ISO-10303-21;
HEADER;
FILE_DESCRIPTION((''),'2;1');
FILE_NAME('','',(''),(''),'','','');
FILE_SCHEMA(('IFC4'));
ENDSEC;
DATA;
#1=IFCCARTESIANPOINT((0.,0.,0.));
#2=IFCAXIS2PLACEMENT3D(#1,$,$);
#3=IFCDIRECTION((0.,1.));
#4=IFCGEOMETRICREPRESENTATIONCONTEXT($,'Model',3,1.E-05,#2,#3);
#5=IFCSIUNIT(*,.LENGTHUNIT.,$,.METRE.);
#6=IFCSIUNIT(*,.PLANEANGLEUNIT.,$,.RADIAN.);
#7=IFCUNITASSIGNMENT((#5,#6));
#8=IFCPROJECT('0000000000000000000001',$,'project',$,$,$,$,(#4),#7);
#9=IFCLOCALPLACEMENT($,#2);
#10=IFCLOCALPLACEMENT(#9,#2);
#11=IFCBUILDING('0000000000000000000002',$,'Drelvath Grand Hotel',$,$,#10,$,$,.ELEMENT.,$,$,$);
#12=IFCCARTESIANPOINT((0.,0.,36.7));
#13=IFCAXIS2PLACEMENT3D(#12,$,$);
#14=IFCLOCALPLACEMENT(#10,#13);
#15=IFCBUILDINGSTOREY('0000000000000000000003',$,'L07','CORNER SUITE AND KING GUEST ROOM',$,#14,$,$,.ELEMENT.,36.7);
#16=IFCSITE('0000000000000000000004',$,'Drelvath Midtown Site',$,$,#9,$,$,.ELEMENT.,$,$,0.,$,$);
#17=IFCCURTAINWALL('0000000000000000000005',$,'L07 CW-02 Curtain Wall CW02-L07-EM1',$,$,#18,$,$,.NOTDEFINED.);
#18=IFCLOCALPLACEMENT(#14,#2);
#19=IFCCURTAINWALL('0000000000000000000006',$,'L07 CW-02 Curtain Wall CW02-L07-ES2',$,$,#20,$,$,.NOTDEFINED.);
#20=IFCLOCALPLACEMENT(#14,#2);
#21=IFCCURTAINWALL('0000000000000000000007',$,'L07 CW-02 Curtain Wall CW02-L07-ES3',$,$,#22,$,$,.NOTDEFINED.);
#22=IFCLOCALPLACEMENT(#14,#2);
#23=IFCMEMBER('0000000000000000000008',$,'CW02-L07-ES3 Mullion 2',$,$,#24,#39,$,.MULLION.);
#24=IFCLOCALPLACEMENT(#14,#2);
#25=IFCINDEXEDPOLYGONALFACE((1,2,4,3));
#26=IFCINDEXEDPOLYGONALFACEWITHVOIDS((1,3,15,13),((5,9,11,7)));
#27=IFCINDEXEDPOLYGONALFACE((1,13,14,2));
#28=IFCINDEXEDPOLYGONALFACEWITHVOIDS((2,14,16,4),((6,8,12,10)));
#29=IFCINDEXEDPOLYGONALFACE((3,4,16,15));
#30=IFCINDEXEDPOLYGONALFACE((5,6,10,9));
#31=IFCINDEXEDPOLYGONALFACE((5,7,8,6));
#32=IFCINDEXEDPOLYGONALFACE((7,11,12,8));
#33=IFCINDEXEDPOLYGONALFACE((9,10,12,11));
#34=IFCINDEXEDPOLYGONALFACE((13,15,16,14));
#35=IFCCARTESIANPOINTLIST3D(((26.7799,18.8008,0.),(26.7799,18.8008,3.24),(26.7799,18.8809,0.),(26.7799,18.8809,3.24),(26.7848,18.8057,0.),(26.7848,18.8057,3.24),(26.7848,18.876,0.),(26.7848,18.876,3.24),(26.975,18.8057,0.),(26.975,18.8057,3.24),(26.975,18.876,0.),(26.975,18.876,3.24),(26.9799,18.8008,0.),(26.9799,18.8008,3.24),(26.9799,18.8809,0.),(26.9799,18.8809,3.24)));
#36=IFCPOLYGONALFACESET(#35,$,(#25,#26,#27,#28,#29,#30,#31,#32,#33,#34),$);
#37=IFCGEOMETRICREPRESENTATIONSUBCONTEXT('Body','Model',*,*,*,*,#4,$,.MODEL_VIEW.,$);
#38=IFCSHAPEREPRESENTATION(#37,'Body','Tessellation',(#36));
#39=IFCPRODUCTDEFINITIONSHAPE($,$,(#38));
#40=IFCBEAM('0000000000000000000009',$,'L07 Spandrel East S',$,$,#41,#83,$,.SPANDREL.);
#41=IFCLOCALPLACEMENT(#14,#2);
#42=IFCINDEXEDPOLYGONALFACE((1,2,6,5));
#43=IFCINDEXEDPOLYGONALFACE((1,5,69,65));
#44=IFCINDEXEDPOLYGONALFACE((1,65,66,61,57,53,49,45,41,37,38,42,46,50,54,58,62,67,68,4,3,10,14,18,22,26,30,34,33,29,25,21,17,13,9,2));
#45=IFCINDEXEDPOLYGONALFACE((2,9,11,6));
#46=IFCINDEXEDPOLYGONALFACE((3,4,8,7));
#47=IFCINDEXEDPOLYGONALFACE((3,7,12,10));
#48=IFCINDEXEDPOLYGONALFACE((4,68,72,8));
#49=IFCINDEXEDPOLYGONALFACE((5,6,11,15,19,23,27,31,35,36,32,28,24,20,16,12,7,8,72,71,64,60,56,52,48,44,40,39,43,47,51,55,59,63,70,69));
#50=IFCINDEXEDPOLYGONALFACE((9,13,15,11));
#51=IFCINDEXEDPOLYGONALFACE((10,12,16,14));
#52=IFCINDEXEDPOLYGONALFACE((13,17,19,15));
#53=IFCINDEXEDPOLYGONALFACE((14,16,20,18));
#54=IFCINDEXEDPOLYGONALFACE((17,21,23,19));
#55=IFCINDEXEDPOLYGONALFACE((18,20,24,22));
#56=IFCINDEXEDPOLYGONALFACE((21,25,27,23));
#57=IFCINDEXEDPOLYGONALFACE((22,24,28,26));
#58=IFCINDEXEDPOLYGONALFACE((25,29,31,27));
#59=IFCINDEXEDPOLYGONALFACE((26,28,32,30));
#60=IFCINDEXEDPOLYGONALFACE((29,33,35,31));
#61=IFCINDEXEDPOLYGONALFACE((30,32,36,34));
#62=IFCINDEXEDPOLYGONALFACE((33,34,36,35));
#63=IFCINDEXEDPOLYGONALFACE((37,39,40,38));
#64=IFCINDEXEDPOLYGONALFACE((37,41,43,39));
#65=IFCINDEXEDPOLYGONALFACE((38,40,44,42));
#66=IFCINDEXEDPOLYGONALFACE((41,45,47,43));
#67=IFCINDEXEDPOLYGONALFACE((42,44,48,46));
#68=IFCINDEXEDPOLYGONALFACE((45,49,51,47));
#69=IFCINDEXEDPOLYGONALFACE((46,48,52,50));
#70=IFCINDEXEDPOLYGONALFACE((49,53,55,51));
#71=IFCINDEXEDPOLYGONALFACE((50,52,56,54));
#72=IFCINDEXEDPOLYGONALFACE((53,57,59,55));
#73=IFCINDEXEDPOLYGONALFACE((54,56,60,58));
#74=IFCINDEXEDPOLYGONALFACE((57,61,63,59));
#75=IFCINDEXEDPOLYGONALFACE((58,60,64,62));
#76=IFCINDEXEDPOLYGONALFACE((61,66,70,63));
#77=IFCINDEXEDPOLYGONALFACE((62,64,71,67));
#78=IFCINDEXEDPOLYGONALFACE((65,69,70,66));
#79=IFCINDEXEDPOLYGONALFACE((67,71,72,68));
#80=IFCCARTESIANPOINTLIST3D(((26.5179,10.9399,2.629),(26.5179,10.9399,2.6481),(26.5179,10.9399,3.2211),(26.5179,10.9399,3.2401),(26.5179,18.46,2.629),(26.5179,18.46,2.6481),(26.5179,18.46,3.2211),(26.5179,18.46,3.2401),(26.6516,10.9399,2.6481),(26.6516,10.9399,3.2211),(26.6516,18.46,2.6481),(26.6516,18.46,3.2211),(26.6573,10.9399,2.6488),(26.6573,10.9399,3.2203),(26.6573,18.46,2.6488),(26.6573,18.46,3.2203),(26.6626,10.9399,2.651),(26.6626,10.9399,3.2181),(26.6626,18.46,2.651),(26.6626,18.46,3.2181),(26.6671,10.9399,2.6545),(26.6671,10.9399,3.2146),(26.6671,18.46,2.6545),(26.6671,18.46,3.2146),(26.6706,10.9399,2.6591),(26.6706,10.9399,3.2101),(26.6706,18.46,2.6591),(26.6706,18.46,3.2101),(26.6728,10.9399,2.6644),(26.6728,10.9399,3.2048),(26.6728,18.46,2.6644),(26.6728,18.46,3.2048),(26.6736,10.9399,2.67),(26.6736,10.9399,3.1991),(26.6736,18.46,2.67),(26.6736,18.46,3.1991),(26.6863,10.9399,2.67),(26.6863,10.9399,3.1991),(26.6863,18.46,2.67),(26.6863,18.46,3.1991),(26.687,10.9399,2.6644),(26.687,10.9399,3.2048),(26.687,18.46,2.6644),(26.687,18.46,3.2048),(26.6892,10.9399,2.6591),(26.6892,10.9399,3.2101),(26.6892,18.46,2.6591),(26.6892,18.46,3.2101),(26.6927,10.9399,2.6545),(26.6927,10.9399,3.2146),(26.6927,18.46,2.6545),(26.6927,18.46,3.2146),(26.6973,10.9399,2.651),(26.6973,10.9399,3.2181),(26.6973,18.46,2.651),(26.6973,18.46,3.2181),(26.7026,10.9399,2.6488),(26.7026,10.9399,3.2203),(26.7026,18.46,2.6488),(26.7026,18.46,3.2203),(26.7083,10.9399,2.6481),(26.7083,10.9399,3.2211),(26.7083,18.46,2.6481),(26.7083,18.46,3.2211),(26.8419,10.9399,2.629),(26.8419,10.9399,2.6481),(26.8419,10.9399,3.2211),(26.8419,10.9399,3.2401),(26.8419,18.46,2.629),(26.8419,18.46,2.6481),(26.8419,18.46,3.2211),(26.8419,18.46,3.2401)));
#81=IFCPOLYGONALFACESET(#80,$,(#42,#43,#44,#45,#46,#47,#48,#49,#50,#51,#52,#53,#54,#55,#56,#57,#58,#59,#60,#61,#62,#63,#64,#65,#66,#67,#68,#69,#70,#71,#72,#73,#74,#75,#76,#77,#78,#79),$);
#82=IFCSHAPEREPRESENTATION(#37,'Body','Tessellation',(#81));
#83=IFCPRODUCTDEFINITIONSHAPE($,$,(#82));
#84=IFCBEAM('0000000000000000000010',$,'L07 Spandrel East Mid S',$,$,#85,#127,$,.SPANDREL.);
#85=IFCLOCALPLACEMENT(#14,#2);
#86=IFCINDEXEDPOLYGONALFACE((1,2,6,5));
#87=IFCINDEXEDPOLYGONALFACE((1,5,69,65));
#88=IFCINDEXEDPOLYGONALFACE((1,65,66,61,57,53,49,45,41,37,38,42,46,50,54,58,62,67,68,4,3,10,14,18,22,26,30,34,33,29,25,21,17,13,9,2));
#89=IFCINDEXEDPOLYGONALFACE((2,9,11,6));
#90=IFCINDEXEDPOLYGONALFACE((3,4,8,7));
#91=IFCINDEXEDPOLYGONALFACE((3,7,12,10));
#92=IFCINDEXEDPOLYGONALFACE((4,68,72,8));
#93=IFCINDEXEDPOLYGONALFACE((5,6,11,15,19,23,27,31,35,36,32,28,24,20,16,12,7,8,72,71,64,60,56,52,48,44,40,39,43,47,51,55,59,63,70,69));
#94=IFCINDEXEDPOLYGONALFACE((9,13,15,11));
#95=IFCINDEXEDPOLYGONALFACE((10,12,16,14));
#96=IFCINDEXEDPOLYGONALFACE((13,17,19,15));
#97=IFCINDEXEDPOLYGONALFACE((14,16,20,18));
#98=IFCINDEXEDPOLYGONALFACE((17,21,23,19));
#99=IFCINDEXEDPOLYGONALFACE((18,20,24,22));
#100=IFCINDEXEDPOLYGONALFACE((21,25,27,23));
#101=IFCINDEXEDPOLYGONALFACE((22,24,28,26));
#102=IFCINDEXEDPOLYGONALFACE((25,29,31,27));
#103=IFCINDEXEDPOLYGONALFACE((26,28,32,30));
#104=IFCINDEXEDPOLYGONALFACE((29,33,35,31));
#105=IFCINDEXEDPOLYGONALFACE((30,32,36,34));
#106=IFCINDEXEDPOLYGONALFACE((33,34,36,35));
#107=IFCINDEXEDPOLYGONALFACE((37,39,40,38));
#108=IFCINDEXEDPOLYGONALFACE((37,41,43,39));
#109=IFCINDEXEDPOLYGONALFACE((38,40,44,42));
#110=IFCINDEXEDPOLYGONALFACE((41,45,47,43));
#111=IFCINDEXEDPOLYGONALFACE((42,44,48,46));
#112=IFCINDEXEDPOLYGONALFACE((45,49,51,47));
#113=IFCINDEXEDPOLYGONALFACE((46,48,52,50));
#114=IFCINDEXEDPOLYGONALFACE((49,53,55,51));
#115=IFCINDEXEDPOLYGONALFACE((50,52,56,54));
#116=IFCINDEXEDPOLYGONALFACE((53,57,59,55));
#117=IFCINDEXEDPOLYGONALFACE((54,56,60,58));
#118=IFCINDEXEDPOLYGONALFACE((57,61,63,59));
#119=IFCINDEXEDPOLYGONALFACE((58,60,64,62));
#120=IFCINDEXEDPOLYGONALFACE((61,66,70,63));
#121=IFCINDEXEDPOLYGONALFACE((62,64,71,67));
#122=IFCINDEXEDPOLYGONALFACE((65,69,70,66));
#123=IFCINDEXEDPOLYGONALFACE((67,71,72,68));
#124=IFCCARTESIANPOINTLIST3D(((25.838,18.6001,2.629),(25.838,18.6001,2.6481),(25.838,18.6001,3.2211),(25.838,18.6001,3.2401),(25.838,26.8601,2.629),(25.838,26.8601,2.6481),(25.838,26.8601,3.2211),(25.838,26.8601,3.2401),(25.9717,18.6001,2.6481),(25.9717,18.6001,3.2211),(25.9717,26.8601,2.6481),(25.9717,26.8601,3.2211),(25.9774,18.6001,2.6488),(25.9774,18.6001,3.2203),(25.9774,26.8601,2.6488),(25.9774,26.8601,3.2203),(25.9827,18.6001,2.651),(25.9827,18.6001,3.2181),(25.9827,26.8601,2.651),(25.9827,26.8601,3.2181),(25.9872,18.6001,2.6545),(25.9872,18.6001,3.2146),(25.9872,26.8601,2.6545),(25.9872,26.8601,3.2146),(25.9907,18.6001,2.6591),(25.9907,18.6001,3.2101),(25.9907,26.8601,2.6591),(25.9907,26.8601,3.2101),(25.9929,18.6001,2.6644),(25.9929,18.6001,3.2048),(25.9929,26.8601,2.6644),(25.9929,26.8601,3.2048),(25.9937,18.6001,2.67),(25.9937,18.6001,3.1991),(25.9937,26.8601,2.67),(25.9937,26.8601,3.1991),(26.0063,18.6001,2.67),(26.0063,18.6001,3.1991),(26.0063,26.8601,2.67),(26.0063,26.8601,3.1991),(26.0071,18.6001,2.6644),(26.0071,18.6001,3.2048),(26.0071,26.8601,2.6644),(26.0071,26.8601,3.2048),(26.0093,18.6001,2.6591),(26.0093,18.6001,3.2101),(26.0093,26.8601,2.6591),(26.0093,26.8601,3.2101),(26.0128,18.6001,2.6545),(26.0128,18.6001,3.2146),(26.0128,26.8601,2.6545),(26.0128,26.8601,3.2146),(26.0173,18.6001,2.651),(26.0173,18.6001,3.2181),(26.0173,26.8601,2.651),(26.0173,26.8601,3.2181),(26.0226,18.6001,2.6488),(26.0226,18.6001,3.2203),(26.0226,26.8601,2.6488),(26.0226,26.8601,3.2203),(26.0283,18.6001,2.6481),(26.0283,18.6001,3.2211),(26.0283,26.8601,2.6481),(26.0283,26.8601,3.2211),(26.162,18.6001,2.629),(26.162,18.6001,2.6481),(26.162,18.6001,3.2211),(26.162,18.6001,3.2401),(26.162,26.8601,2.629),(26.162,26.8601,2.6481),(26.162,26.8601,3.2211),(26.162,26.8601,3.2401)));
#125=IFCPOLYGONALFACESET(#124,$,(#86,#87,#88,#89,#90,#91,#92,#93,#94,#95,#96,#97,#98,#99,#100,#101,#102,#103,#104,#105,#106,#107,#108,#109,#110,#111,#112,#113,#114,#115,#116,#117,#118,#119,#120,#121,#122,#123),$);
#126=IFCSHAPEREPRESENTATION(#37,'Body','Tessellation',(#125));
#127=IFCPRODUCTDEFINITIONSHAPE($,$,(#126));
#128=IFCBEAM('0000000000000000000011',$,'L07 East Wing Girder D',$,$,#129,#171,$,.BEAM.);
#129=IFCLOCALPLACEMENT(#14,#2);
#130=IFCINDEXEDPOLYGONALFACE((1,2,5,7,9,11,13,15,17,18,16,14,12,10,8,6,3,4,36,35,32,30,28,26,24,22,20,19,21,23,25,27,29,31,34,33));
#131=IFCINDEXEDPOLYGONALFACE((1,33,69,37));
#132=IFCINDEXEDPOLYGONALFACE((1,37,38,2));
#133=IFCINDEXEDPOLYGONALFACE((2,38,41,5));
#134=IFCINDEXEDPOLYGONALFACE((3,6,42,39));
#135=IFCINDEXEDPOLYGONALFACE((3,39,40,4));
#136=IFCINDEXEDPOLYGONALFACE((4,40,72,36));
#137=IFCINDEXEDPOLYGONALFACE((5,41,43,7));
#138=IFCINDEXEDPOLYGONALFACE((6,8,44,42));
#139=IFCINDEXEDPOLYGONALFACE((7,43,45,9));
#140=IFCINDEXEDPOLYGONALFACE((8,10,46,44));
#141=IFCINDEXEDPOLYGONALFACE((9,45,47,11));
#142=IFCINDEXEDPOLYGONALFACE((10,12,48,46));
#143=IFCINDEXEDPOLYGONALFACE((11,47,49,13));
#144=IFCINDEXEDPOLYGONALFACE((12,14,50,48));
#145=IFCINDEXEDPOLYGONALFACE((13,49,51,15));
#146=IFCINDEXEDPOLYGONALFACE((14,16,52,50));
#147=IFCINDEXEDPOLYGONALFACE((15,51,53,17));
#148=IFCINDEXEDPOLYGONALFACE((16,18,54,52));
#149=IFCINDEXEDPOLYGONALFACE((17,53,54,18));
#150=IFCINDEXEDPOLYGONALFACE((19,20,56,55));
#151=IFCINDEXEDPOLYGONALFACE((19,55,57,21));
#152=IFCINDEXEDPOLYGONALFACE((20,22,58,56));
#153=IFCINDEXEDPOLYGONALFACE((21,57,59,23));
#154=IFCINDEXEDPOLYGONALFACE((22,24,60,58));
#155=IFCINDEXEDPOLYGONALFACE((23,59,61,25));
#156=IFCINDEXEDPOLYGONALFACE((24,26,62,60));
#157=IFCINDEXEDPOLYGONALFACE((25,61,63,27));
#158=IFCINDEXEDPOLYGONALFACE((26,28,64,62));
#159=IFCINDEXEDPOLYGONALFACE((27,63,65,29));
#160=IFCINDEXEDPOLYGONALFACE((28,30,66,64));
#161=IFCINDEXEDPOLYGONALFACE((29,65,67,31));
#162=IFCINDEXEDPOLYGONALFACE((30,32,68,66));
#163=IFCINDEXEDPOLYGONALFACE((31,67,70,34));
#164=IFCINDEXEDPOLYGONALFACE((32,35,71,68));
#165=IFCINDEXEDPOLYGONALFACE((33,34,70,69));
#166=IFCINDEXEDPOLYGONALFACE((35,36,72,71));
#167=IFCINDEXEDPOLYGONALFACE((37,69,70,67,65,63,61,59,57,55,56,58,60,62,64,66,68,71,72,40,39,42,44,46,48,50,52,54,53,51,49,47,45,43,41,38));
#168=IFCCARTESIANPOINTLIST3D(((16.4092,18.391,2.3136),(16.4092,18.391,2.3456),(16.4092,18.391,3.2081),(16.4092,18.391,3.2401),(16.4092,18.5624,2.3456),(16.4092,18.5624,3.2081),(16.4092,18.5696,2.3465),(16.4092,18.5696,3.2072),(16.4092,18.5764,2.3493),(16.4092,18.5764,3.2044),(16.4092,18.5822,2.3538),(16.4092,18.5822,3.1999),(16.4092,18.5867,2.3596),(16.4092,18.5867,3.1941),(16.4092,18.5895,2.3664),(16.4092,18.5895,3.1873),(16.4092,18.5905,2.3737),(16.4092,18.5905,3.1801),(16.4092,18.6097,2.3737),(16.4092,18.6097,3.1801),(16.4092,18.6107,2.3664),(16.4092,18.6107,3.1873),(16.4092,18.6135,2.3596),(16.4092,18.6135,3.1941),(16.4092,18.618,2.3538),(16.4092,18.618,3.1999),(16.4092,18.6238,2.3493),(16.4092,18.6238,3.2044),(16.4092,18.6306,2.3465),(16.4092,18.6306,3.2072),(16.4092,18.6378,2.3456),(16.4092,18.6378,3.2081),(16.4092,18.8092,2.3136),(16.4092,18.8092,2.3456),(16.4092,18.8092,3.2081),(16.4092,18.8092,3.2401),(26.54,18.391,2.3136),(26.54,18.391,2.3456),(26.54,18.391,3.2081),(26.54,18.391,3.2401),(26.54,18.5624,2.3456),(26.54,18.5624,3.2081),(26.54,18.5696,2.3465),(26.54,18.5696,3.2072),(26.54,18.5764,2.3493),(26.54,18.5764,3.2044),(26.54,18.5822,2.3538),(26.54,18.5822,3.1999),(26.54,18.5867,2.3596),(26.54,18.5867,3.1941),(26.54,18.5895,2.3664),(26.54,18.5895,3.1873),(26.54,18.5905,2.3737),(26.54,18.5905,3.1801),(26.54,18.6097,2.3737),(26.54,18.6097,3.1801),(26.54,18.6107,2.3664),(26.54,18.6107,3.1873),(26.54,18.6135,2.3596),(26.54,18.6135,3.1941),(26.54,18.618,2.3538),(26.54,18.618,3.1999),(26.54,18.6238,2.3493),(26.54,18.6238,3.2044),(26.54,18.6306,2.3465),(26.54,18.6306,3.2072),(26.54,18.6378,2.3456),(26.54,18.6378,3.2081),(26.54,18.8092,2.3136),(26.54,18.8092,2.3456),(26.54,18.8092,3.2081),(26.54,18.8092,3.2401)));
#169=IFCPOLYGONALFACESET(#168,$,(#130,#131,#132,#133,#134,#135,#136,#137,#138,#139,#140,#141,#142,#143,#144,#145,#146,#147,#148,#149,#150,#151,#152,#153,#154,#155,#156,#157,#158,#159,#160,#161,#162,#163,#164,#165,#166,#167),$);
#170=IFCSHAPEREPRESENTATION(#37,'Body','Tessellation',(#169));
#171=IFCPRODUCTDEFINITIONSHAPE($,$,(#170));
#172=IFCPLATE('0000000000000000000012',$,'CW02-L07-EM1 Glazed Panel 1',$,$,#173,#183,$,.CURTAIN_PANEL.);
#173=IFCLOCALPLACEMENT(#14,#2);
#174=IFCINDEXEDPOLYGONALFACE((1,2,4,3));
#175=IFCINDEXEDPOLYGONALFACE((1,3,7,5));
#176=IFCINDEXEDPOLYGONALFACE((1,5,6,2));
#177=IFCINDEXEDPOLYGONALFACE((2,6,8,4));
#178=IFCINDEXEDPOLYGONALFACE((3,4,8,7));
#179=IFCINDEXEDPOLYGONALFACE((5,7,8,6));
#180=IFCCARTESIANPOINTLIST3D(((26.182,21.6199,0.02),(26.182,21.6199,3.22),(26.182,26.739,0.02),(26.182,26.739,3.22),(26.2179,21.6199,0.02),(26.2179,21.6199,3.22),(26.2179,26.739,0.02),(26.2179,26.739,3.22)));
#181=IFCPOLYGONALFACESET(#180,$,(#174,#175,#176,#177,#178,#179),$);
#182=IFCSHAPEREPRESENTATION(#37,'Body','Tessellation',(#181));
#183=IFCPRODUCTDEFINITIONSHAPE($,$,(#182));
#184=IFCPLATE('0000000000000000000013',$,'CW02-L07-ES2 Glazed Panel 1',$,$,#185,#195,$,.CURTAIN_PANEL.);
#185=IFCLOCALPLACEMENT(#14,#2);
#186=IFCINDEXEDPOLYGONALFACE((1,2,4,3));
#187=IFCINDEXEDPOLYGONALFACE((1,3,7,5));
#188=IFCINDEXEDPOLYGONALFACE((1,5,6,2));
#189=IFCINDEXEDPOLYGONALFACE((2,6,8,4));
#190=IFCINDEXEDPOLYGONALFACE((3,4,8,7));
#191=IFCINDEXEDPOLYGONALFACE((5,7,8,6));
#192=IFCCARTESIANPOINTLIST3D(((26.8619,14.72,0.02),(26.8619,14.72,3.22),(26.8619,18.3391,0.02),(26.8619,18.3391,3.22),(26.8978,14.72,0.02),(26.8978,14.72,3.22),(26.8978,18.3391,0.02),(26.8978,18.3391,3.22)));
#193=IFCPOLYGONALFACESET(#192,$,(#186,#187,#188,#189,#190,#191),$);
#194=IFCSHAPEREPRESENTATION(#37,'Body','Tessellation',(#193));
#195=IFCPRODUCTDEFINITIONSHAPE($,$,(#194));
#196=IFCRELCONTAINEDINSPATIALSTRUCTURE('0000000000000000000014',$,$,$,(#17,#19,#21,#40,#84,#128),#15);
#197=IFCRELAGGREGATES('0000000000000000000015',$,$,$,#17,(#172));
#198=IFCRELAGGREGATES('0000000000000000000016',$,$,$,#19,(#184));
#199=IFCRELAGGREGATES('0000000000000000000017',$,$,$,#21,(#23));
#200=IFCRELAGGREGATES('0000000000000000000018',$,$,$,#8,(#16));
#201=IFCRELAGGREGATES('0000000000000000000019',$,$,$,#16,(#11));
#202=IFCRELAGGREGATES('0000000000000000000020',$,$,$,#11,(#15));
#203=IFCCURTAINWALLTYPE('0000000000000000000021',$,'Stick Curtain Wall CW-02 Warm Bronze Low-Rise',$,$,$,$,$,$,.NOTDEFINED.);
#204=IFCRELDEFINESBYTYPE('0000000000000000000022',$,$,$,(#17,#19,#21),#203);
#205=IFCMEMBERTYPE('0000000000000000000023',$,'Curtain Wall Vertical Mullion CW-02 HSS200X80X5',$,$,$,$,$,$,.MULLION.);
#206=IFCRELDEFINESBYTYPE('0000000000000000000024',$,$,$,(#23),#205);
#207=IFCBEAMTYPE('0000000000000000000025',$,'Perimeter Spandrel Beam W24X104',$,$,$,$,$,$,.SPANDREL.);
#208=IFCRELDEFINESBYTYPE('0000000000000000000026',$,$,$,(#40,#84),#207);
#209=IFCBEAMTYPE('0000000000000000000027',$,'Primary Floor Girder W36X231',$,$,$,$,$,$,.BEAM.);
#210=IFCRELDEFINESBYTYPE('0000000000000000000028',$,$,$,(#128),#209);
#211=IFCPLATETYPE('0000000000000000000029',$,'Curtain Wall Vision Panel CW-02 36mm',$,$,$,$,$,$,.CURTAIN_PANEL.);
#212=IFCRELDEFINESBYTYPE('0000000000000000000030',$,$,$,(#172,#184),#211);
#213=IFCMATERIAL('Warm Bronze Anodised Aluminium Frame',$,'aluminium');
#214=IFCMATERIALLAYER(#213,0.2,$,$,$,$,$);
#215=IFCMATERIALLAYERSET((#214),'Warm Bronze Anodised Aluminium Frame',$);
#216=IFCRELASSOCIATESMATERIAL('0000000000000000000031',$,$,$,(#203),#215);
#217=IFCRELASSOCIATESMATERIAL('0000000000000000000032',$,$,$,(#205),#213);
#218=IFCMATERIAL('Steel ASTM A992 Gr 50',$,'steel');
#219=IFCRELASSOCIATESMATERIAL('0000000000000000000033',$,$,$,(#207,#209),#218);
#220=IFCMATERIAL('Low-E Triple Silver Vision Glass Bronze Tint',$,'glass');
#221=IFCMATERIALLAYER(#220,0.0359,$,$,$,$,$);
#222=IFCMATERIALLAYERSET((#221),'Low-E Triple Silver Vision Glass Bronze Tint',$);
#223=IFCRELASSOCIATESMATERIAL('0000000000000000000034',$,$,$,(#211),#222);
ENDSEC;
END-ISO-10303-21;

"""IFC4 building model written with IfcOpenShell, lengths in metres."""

from ifc_helpers import new_model, si_unit, direction, frame, origin, origin_2d, place, context, subcontext, project, spatial, rectangle, hollow_rectangle, i_section, extrude, material, layer, layer_set, material_profile, profile_set, type_object, element, aggregate, save


model = new_model("IFC4")

# Units and contexts
model_context = context("Model", 3, precision=1e-05, world=origin(), true_north=direction((0.0, 1.0)))
body_context = subcontext(model_context, "Body", "Model", "MODEL_VIEW")
ifc_project = project(units=[si_unit("LENGTHUNIT", "METRE"), si_unit("PLANEANGLEUNIT", "RADIAN")], contexts=[model_context])

# Site, building, storey
site_placement = place(None, origin())
site = spatial("IfcSite", under=ifc_project, at=site_placement, Name="Drelvath Midtown Site", CompositionType="ELEMENT", RefElevation=0.0)
building_placement = place(site_placement, origin())
building = spatial("IfcBuilding", under=site, at=building_placement, Name="Drelvath Grand Hotel", CompositionType="ELEMENT")
storey_placement = place(building_placement, frame((0.0, 0.0, 36.7)))
storey = spatial("IfcBuildingStorey", under=building, at=storey_placement, Name="L07", Description="CORNER SUITE AND KING GUEST ROOM", CompositionType="ELEMENT", Elevation=36.7)

# Curtain walls
ifc_material_1 = material(Name="Warm Bronze Anodised Aluminium Frame", Category="aluminium")
ifc_layer_1 = layer(ifc_material_1, 0.2)
ifc_layer_set_1 = layer_set([ifc_layer_1], Name="Warm Bronze Anodised Aluminium Frame")
curtain_wall_type = type_object("IfcCurtainWallType", Name="Stick Curtain Wall CW-02 Warm Bronze Low-Rise", PredefinedType="NOTDEFINED", material=ifc_layer_set_1)
curtain_wall_1_placement = place(storey_placement, origin())
curtain_wall_1 = element("IfcCurtainWall", 1, at=curtain_wall_1_placement, inside=storey, type_object=curtain_wall_type, Name="L07 CW-02 Curtain Wall CW02-L07-EM1", PredefinedType="NOTDEFINED")
curtain_wall_2_placement = place(storey_placement, origin())
curtain_wall_2 = element("IfcCurtainWall", 2, at=curtain_wall_2_placement, inside=storey, type_object=curtain_wall_type, Name="L07 CW-02 Curtain Wall CW02-L07-ES2", PredefinedType="NOTDEFINED")
curtain_wall_3_placement = place(storey_placement, origin())
curtain_wall_3 = element("IfcCurtainWall", 3, at=curtain_wall_3_placement, inside=storey, type_object=curtain_wall_type, Name="L07 CW-02 Curtain Wall CW02-L07-ES3", PredefinedType="NOTDEFINED")

# Member
ifc_material_profile_1 = material_profile(ifc_material_1, hollow_rectangle(XDim=0.0801, YDim=0.2, WallThickness=0.0049, at=origin_2d()), Name="HSS200X80X5")
ifc_profile_set_1 = profile_set([ifc_material_profile_1], Name="Warm Bronze Anodised Aluminium Frame")
member_type_1 = type_object("IfcMemberType", Name="Curtain Wall Vertical Mullion CW-02 HSS200X80X5", PredefinedType="MULLION", material=ifc_profile_set_1)
member_1_placement = place(storey_placement, frame((26.8799, 18.8408, 0.0), z_axis=(0.0, 0.0, 1.0), x_axis=(0.0, 1.0, 0.0)))
member_1 = element("IfcMember", 4, at=member_1_placement, type_object=member_type_1, Name="CW02-L07-ES3 Mullion 2", PredefinedType="MULLION", context=body_context, shape_type="SweptSolid", body=[
    extrude(hollow_rectangle(XDim=0.0801, YDim=0.2, WallThickness=0.0049, at=origin_2d()), origin(), (0.0, 0.0, 1.0), 3.24),
])

# Beams
ifc_material_2 = material(Name="Steel ASTM A992 Gr 50", Category="steel")
ifc_material_profile_2 = material_profile(ifc_material_2, i_section(OverallWidth=0.324, OverallDepth=0.6111, WebThickness=0.0127, FlangeThickness=0.019, FilletRadius=0.022, at=origin_2d()), Name="W24X104")
ifc_profile_set_2 = profile_set([ifc_material_profile_2], Name="Steel ASTM A992 Gr 50")
beam_type_1 = type_object("IfcBeamType", Name="Perimeter Spandrel Beam W24X104", PredefinedType="SPANDREL", material=ifc_profile_set_2)
beam_1_placement = place(storey_placement, frame((26.6799, 10.9399, 2.9346), z_axis=(0.0, 1.0, 0.0), x_axis=(-1.0, 0.0, 0.0)))
element("IfcBeam", 5, at=beam_1_placement, inside=storey, type_object=beam_type_1, Name="L07 Spandrel East S", PredefinedType="SPANDREL", context=body_context, shape_type="SweptSolid", body=[
    extrude(i_section(OverallWidth=0.324, OverallDepth=0.6111, WebThickness=0.0127, FlangeThickness=0.019, FilletRadius=0.022, at=origin_2d()), origin(), (0.0, 0.0, 1.0), 7.52),
])
beam_2_placement = place(storey_placement, frame((26.0, 18.6001, 2.9346), z_axis=(0.0, 1.0, 0.0), x_axis=(-1.0, 0.0, 0.0)))
element("IfcBeam", 6, at=beam_2_placement, inside=storey, type_object=beam_type_1, Name="L07 Spandrel East Mid S", PredefinedType="SPANDREL", context=body_context, shape_type="SweptSolid", body=[
    extrude(i_section(OverallWidth=0.324, OverallDepth=0.6111, WebThickness=0.0127, FlangeThickness=0.019, FilletRadius=0.022, at=origin_2d()), origin(), (0.0, 0.0, 1.0), 8.26),
])
ifc_material_profile_3 = material_profile(ifc_material_2, i_section(OverallWidth=0.4182, OverallDepth=0.9265, WebThickness=0.0193, FlangeThickness=0.032, FilletRadius=0.0281, at=origin_2d()), Name="W36X231")
ifc_profile_set_3 = profile_set([ifc_material_profile_3], Name="Steel ASTM A992 Gr 50")
beam_type_2 = type_object("IfcBeamType", Name="Primary Floor Girder W36X231", PredefinedType="BEAM", material=ifc_profile_set_3)
beam_3_placement = place(storey_placement, frame((16.4092, 18.6001, 2.7769), z_axis=(1.0, 0.0, 0.0), x_axis=(0.0, 1.0, 0.0)))
element("IfcBeam", 7, at=beam_3_placement, inside=storey, type_object=beam_type_2, Name="L07 East Wing Girder D", PredefinedType="BEAM", context=body_context, shape_type="SweptSolid", body=[
    extrude(i_section(OverallWidth=0.4182, OverallDepth=0.9265, WebThickness=0.0193, FlangeThickness=0.032, FilletRadius=0.0281, at=origin_2d()), origin(), (0.0, 0.0, 1.0), 10.1309),
])

# Plates
ifc_material_3 = material(Name="Low-E Triple Silver Vision Glass Bronze Tint", Category="glass")
ifc_layer_2 = layer(ifc_material_3, 0.0359)
ifc_layer_set_2 = layer_set([ifc_layer_2], Name="Low-E Triple Silver Vision Glass Bronze Tint")
plate_type = type_object("IfcPlateType", Name="Curtain Wall Vision Panel CW-02 36mm", PredefinedType="CURTAIN_PANEL", material=ifc_layer_set_2)
plate_1_placement = place(storey_placement, frame((26.2, 24.1794, 0.02), z_axis=(0.0, 0.0, 1.0), x_axis=(0.0, -1.0, 0.0)))
plate_1 = element("IfcPlate", 8, at=plate_1_placement, type_object=plate_type, Name="CW02-L07-EM1 Glazed Panel 1", PredefinedType="CURTAIN_PANEL", context=body_context, shape_type="SweptSolid", body=[
    extrude(rectangle(XDim=5.1191, YDim=0.0359, at=origin_2d()), origin(), (0.0, 0.0, 1.0), 3.2),
])
aggregate(curtain_wall_1, [plate_1])
plate_2_placement = place(storey_placement, frame((26.8799, 16.5295, 0.02), z_axis=(0.0, 0.0, 1.0), x_axis=(0.0, -1.0, 0.0)))
plate_2 = element("IfcPlate", 9, at=plate_2_placement, type_object=plate_type, Name="CW02-L07-ES2 Glazed Panel 1", PredefinedType="CURTAIN_PANEL", context=body_context, shape_type="SweptSolid", body=[
    extrude(rectangle(XDim=3.6191, YDim=0.0359, at=origin_2d()), origin(), (0.0, 0.0, 1.0), 3.2),
])
aggregate(curtain_wall_2, [plate_2])
aggregate(curtain_wall_3, [member_1])

save(model, "model.ifc")
